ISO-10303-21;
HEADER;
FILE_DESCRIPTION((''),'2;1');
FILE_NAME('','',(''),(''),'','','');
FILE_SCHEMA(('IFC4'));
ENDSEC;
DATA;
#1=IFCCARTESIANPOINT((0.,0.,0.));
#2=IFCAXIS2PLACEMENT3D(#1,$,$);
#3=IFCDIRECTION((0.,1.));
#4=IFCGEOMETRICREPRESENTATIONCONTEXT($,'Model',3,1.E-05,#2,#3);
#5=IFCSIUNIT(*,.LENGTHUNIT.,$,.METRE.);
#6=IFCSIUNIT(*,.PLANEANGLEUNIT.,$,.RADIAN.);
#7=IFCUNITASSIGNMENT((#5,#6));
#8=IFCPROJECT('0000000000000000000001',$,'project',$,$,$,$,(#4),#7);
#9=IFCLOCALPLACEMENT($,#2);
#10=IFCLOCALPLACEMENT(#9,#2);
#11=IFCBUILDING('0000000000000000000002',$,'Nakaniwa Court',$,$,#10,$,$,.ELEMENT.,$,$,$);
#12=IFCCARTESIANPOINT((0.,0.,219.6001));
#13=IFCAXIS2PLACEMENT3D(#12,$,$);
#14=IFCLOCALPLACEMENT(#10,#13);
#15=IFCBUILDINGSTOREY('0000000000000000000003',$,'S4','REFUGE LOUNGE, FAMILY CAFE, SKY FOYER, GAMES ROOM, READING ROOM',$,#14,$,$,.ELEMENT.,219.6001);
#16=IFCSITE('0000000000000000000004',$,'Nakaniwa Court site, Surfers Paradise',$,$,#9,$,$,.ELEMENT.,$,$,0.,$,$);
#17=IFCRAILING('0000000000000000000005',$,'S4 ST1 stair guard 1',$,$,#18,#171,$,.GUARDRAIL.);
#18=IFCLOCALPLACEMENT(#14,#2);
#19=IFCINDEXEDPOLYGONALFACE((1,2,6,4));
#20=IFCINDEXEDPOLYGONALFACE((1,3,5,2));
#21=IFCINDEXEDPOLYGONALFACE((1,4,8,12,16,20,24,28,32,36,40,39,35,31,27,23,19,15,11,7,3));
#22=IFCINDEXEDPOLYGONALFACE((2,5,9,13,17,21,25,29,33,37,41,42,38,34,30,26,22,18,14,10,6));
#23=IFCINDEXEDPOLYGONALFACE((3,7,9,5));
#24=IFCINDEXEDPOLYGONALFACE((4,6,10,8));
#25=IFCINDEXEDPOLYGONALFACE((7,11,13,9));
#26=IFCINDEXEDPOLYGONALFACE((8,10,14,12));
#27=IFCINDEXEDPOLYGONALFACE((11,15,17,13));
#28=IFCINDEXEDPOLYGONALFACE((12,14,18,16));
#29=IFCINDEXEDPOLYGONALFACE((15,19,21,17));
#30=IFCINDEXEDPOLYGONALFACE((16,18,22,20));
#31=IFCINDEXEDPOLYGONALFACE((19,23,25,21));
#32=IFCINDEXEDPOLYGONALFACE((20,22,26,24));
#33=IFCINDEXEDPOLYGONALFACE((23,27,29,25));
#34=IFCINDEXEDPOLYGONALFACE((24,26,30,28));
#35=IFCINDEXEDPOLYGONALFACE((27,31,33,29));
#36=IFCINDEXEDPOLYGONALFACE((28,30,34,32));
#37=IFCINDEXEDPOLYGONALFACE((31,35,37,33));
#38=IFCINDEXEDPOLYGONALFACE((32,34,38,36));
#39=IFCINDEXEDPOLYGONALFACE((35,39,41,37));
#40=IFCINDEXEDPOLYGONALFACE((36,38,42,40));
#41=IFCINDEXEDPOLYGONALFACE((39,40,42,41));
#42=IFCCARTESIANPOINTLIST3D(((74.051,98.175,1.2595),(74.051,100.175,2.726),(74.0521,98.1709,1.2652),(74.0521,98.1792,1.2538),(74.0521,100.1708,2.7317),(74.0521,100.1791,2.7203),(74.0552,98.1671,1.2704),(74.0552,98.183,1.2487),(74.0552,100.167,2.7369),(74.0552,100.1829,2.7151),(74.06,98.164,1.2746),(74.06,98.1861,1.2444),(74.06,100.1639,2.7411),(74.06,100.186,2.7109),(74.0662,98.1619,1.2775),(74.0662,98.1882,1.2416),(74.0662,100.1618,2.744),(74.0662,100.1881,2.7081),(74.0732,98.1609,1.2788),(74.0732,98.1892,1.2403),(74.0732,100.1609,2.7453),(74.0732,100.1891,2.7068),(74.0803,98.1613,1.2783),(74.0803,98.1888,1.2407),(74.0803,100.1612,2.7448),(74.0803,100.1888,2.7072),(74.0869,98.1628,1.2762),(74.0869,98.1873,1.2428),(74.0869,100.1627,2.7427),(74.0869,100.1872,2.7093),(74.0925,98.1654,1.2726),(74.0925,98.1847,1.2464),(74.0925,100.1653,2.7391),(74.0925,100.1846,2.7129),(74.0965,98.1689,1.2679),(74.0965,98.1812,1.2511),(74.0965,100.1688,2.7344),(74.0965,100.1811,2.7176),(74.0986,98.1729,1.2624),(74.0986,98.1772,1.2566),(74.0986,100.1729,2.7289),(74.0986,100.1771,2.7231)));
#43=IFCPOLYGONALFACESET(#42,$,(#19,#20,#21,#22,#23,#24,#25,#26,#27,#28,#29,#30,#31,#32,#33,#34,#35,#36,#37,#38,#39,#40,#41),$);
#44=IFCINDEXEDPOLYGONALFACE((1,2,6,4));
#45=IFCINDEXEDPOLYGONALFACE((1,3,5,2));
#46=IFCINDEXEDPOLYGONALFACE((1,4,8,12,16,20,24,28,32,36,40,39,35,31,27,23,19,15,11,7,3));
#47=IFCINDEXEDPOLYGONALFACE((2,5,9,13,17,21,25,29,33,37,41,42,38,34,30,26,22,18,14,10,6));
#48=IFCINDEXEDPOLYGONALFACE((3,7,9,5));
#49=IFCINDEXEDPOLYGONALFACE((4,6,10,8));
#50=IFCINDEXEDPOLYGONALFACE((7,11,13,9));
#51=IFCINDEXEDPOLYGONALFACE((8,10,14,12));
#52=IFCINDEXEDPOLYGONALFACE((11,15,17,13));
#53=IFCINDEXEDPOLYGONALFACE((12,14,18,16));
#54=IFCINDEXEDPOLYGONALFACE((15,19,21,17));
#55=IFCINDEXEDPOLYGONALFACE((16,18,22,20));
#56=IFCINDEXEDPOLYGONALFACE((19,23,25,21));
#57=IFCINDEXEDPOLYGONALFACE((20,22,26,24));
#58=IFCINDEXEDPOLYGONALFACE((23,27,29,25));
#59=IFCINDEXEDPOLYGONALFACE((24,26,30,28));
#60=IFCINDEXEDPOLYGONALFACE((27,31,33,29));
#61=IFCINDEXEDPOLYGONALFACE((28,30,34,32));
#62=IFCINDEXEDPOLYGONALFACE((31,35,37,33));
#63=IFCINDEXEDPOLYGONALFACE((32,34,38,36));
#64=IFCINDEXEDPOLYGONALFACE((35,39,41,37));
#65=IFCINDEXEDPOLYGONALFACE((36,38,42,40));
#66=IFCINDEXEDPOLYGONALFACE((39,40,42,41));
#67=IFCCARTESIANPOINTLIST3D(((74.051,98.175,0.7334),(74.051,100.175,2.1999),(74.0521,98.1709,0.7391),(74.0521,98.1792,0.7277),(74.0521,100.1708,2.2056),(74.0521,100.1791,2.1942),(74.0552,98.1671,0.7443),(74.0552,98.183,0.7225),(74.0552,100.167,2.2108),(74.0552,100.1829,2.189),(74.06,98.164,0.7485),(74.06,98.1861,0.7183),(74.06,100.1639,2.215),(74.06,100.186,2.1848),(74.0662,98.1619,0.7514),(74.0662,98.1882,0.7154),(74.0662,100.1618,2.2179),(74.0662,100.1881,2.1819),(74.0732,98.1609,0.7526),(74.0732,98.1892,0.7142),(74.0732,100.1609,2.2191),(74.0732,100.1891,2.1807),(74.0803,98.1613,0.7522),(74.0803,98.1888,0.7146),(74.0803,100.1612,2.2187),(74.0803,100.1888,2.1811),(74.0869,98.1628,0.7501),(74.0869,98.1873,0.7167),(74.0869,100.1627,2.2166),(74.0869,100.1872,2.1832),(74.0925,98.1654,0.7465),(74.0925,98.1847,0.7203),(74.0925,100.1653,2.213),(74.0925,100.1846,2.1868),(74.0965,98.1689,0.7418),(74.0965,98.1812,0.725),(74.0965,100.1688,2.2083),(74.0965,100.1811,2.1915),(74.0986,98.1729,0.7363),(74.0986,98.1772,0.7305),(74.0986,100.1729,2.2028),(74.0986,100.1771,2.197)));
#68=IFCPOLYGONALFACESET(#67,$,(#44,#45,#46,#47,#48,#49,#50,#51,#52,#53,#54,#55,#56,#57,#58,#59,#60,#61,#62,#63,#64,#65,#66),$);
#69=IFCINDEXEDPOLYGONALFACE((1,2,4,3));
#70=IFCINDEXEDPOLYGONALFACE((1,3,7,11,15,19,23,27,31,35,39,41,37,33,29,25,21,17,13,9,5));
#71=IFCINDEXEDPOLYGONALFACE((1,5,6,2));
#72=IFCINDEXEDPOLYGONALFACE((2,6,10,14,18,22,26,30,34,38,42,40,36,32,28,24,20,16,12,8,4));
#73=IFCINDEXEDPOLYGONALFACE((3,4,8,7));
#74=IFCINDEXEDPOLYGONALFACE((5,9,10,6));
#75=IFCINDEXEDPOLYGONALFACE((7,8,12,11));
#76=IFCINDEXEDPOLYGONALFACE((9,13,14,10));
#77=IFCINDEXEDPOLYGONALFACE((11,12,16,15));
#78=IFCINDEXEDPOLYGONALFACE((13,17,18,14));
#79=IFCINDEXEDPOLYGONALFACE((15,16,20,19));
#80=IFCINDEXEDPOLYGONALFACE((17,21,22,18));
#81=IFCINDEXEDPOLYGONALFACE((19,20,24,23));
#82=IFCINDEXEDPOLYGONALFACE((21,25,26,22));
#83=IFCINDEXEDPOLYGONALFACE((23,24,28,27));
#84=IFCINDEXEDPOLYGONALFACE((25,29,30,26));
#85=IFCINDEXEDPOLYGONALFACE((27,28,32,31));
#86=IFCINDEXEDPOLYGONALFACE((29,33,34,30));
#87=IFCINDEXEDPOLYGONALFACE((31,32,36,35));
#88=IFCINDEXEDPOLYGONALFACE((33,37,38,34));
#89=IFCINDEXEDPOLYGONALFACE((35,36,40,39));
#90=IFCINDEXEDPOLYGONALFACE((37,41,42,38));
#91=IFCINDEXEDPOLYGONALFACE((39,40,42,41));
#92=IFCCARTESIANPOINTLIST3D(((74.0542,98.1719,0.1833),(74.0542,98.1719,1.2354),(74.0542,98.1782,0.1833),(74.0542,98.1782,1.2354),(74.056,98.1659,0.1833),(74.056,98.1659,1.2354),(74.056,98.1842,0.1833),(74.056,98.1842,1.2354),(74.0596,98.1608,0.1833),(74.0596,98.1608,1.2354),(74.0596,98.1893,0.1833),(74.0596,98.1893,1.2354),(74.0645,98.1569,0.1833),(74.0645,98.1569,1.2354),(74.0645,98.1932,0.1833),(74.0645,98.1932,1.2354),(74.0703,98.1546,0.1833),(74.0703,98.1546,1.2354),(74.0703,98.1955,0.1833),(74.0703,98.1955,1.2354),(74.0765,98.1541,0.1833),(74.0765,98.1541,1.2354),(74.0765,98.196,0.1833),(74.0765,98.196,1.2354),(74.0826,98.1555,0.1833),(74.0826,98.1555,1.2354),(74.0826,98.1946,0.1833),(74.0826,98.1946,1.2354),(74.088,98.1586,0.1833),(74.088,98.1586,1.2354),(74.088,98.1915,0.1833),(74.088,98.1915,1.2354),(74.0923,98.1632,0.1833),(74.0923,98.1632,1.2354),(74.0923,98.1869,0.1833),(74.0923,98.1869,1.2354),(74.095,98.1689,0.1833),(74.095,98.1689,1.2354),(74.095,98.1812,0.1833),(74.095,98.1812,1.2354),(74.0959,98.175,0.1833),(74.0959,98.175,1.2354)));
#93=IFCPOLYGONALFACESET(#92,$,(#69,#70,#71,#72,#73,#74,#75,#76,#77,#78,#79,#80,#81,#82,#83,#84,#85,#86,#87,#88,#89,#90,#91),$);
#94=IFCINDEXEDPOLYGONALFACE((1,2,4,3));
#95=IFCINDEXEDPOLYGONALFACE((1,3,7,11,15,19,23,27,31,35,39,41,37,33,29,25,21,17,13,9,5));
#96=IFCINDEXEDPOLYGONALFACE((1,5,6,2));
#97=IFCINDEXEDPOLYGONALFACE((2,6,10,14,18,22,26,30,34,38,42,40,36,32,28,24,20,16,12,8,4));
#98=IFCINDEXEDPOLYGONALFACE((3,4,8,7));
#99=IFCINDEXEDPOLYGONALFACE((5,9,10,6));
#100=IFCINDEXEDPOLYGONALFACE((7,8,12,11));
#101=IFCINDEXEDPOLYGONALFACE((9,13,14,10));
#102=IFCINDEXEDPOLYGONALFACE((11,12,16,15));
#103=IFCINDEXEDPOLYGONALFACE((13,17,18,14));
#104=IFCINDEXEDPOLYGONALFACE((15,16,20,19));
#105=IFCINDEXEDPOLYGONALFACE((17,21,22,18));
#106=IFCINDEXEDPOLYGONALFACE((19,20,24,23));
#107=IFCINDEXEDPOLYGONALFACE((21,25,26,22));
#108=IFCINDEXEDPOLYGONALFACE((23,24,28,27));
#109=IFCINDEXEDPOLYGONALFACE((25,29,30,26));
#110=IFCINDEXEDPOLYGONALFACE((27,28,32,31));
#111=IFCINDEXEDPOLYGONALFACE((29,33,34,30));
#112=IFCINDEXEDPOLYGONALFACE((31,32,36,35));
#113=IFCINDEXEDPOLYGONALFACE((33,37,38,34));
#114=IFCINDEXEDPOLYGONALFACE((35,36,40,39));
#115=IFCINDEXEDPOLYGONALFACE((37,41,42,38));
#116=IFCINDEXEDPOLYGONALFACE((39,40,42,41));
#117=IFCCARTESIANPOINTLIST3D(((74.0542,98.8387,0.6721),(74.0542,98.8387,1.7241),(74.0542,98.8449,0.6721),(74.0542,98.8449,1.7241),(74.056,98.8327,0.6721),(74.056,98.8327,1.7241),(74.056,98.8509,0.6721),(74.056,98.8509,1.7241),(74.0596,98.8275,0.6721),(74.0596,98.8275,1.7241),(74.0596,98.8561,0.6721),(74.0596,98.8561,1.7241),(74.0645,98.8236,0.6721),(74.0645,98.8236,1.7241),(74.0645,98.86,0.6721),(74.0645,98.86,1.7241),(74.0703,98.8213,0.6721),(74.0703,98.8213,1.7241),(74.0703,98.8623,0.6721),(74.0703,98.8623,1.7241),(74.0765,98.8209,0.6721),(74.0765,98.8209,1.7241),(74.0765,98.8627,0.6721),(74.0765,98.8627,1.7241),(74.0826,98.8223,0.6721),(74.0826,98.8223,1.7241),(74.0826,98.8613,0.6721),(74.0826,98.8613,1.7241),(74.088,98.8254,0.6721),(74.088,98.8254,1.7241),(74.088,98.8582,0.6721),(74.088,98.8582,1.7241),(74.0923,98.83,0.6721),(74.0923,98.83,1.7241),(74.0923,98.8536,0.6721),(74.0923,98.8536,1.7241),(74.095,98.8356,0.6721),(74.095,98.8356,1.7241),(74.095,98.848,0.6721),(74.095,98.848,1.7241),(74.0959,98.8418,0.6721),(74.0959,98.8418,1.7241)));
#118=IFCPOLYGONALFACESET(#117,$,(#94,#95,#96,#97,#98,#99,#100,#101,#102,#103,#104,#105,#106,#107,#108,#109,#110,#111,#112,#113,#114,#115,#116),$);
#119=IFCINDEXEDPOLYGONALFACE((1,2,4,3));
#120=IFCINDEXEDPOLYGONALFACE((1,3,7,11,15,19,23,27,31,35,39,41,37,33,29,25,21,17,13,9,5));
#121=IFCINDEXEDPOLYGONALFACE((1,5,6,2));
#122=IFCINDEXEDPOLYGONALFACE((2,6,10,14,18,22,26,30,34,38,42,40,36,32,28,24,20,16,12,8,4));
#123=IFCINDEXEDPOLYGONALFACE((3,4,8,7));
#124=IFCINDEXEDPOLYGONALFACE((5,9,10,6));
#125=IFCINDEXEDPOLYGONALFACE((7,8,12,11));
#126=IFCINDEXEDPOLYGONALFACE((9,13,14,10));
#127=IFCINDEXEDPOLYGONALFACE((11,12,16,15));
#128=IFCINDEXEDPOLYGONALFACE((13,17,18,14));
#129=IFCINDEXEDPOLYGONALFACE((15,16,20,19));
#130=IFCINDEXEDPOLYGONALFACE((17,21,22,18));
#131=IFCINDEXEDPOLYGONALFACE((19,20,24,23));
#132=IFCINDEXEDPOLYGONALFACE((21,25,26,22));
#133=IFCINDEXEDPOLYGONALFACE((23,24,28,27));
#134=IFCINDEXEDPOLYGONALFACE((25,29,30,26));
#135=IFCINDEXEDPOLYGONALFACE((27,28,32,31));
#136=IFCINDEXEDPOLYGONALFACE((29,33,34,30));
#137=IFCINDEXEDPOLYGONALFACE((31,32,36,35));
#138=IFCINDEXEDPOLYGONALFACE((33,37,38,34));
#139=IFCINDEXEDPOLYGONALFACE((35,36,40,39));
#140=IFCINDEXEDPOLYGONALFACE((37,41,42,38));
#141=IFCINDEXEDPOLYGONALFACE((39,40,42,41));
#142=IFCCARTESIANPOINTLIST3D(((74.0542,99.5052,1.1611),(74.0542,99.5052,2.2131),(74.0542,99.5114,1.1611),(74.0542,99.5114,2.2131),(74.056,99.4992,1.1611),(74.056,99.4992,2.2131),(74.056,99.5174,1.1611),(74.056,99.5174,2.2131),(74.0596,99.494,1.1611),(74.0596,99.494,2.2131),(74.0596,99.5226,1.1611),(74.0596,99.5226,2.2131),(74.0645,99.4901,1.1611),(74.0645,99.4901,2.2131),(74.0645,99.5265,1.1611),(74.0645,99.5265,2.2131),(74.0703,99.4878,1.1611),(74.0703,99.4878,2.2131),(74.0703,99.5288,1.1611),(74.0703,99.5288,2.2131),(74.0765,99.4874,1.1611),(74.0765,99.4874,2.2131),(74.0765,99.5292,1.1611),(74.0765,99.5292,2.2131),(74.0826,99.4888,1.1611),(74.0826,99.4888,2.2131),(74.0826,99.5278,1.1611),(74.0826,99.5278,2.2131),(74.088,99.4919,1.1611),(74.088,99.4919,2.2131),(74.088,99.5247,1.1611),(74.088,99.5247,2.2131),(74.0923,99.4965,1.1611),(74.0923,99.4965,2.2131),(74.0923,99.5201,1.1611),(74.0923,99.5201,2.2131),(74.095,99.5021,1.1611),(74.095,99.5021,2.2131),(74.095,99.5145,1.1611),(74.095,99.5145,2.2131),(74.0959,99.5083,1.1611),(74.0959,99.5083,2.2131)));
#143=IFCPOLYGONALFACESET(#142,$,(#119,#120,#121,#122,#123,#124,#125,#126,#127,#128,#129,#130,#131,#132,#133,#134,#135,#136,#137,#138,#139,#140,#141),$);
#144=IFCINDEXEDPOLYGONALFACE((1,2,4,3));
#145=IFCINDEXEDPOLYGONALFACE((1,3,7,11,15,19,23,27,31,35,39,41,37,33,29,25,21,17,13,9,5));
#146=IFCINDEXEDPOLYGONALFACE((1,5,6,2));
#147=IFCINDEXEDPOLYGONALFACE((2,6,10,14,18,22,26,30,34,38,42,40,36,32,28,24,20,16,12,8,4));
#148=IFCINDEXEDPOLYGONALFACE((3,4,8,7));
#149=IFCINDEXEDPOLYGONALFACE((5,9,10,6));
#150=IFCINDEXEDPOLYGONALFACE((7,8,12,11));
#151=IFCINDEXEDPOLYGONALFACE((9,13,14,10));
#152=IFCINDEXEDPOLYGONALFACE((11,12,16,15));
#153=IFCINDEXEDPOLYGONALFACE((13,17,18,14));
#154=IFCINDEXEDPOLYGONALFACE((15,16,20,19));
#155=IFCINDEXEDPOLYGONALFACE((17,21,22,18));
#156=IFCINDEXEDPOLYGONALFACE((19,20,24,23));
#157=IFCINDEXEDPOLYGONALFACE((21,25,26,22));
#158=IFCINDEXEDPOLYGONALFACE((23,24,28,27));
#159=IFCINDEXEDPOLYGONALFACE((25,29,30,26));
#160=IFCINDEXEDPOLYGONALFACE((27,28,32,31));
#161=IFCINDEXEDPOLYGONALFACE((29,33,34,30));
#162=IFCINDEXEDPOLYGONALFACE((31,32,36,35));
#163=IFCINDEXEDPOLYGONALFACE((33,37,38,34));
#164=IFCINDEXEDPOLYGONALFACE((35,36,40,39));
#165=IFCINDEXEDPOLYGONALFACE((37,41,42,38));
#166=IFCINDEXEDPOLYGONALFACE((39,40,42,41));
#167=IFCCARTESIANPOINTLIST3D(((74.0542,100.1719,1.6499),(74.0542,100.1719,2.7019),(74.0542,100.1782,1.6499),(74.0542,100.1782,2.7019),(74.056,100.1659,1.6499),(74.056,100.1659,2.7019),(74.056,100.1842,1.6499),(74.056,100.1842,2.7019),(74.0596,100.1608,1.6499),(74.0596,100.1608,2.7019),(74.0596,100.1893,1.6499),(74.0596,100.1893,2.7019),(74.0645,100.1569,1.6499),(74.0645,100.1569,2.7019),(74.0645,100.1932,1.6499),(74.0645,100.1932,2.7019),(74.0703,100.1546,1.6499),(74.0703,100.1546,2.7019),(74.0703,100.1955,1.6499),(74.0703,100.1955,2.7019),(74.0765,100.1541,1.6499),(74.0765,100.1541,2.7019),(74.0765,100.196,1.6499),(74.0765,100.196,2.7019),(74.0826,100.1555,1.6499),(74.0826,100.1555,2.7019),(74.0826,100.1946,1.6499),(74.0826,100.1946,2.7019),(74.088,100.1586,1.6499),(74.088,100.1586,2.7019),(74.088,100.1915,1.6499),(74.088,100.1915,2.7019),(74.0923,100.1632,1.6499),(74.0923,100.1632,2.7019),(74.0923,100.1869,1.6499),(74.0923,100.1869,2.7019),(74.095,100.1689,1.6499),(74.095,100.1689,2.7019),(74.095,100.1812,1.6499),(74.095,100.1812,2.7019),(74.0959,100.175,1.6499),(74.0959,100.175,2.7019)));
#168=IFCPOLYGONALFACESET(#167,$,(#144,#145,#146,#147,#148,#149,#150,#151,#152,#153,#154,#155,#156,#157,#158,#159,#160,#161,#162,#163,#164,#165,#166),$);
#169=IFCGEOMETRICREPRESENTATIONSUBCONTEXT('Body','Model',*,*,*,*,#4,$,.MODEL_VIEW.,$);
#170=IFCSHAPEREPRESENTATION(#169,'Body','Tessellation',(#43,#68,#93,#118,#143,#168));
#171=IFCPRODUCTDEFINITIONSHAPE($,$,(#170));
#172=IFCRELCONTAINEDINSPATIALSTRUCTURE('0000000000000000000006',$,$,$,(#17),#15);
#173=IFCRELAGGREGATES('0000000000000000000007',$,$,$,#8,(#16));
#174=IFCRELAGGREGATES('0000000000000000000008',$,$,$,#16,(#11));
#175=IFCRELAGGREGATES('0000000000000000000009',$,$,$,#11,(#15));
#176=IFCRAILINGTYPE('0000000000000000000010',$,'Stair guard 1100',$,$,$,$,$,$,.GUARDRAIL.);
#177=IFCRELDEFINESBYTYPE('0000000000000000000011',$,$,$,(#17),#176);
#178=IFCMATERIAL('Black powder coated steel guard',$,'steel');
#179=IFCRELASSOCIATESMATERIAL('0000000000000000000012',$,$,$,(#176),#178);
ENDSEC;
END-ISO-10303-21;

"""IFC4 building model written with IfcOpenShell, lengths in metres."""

from ifc_helpers import new_model, si_unit, direction, frame, origin, origin_2d, place, context, subcontext, project, spatial, circle, extrude, material, type_object, element, save


model = new_model("IFC4")

# Units and contexts
model_context = context("Model", 3, precision=1e-05, world=origin(), true_north=direction((0.0, 1.0)))
body_context = subcontext(model_context, "Body", "Model", "MODEL_VIEW")
ifc_project = project(units=[si_unit("LENGTHUNIT", "METRE"), si_unit("PLANEANGLEUNIT", "RADIAN")], contexts=[model_context])

# Site, building, storey
site_placement = place(None, origin())
site = spatial("IfcSite", under=ifc_project, at=site_placement, Name="Nakaniwa Court site, Surfers Paradise", CompositionType="ELEMENT", RefElevation=0.0)
building_placement = place(site_placement, origin())
building = spatial("IfcBuilding", under=site, at=building_placement, Name="Nakaniwa Court", CompositionType="ELEMENT")
storey_placement = place(building_placement, frame((0.0, 0.0, 219.6001)))
storey = spatial("IfcBuildingStorey", under=building, at=storey_placement, Name="S4", Description="REFUGE LOUNGE, FAMILY CAFE, SKY FOYER, GAMES ROOM, READING ROOM", CompositionType="ELEMENT", Elevation=219.6001)

# Railing
ifc_material_1 = material(Name="Black powder coated steel guard", Category="steel")
railing_type_1 = type_object("IfcRailingType", Name="Stair guard 1100", PredefinedType="GUARDRAIL", material=ifc_material_1)
railing_1_placement = place(storey_placement, frame((74.075, 98.175, 0.1833)))
element("IfcRailing", 1, at=railing_1_placement, inside=storey, type_object=railing_type_1, Name="S4 ST1 stair guard 1", PredefinedType="GUARDRAIL", context=body_context, shape_type="SweptSolid", body=[
    extrude(circle(Radius=0.0239, at=origin_2d()), frame((0.0, 0.0, 1.0762), z_axis=(0.0, 0.806427, 0.591334), x_axis=(-1.0, 0.0, 0.0)), (0.0, 0.0, 1.0), 2.48),
    extrude(circle(Radius=0.0239, at=origin_2d()), frame((0.0, 0.0, 0.55), z_axis=(0.0, 0.806427, 0.591334), x_axis=(-1.0, 0.0, 0.0)), (0.0, 0.0, 1.0), 2.48),
    extrude(circle(Radius=0.021, at=origin_2d()), origin(), (0.0, 0.0, 1.0), 1.052),
    extrude(circle(Radius=0.021, at=origin_2d()), frame((0.0, 0.6667, 0.4888)), (0.0, 0.0, 1.0), 1.052),
    extrude(circle(Radius=0.021, at=origin_2d()), frame((0.0, 1.3333, 0.9778)), (0.0, 0.0, 1.0), 1.052),
    extrude(circle(Radius=0.021, at=origin_2d()), frame((0.0, 2.0, 1.4666)), (0.0, 0.0, 1.0), 1.052),
])

save(model, "model.ifc")
